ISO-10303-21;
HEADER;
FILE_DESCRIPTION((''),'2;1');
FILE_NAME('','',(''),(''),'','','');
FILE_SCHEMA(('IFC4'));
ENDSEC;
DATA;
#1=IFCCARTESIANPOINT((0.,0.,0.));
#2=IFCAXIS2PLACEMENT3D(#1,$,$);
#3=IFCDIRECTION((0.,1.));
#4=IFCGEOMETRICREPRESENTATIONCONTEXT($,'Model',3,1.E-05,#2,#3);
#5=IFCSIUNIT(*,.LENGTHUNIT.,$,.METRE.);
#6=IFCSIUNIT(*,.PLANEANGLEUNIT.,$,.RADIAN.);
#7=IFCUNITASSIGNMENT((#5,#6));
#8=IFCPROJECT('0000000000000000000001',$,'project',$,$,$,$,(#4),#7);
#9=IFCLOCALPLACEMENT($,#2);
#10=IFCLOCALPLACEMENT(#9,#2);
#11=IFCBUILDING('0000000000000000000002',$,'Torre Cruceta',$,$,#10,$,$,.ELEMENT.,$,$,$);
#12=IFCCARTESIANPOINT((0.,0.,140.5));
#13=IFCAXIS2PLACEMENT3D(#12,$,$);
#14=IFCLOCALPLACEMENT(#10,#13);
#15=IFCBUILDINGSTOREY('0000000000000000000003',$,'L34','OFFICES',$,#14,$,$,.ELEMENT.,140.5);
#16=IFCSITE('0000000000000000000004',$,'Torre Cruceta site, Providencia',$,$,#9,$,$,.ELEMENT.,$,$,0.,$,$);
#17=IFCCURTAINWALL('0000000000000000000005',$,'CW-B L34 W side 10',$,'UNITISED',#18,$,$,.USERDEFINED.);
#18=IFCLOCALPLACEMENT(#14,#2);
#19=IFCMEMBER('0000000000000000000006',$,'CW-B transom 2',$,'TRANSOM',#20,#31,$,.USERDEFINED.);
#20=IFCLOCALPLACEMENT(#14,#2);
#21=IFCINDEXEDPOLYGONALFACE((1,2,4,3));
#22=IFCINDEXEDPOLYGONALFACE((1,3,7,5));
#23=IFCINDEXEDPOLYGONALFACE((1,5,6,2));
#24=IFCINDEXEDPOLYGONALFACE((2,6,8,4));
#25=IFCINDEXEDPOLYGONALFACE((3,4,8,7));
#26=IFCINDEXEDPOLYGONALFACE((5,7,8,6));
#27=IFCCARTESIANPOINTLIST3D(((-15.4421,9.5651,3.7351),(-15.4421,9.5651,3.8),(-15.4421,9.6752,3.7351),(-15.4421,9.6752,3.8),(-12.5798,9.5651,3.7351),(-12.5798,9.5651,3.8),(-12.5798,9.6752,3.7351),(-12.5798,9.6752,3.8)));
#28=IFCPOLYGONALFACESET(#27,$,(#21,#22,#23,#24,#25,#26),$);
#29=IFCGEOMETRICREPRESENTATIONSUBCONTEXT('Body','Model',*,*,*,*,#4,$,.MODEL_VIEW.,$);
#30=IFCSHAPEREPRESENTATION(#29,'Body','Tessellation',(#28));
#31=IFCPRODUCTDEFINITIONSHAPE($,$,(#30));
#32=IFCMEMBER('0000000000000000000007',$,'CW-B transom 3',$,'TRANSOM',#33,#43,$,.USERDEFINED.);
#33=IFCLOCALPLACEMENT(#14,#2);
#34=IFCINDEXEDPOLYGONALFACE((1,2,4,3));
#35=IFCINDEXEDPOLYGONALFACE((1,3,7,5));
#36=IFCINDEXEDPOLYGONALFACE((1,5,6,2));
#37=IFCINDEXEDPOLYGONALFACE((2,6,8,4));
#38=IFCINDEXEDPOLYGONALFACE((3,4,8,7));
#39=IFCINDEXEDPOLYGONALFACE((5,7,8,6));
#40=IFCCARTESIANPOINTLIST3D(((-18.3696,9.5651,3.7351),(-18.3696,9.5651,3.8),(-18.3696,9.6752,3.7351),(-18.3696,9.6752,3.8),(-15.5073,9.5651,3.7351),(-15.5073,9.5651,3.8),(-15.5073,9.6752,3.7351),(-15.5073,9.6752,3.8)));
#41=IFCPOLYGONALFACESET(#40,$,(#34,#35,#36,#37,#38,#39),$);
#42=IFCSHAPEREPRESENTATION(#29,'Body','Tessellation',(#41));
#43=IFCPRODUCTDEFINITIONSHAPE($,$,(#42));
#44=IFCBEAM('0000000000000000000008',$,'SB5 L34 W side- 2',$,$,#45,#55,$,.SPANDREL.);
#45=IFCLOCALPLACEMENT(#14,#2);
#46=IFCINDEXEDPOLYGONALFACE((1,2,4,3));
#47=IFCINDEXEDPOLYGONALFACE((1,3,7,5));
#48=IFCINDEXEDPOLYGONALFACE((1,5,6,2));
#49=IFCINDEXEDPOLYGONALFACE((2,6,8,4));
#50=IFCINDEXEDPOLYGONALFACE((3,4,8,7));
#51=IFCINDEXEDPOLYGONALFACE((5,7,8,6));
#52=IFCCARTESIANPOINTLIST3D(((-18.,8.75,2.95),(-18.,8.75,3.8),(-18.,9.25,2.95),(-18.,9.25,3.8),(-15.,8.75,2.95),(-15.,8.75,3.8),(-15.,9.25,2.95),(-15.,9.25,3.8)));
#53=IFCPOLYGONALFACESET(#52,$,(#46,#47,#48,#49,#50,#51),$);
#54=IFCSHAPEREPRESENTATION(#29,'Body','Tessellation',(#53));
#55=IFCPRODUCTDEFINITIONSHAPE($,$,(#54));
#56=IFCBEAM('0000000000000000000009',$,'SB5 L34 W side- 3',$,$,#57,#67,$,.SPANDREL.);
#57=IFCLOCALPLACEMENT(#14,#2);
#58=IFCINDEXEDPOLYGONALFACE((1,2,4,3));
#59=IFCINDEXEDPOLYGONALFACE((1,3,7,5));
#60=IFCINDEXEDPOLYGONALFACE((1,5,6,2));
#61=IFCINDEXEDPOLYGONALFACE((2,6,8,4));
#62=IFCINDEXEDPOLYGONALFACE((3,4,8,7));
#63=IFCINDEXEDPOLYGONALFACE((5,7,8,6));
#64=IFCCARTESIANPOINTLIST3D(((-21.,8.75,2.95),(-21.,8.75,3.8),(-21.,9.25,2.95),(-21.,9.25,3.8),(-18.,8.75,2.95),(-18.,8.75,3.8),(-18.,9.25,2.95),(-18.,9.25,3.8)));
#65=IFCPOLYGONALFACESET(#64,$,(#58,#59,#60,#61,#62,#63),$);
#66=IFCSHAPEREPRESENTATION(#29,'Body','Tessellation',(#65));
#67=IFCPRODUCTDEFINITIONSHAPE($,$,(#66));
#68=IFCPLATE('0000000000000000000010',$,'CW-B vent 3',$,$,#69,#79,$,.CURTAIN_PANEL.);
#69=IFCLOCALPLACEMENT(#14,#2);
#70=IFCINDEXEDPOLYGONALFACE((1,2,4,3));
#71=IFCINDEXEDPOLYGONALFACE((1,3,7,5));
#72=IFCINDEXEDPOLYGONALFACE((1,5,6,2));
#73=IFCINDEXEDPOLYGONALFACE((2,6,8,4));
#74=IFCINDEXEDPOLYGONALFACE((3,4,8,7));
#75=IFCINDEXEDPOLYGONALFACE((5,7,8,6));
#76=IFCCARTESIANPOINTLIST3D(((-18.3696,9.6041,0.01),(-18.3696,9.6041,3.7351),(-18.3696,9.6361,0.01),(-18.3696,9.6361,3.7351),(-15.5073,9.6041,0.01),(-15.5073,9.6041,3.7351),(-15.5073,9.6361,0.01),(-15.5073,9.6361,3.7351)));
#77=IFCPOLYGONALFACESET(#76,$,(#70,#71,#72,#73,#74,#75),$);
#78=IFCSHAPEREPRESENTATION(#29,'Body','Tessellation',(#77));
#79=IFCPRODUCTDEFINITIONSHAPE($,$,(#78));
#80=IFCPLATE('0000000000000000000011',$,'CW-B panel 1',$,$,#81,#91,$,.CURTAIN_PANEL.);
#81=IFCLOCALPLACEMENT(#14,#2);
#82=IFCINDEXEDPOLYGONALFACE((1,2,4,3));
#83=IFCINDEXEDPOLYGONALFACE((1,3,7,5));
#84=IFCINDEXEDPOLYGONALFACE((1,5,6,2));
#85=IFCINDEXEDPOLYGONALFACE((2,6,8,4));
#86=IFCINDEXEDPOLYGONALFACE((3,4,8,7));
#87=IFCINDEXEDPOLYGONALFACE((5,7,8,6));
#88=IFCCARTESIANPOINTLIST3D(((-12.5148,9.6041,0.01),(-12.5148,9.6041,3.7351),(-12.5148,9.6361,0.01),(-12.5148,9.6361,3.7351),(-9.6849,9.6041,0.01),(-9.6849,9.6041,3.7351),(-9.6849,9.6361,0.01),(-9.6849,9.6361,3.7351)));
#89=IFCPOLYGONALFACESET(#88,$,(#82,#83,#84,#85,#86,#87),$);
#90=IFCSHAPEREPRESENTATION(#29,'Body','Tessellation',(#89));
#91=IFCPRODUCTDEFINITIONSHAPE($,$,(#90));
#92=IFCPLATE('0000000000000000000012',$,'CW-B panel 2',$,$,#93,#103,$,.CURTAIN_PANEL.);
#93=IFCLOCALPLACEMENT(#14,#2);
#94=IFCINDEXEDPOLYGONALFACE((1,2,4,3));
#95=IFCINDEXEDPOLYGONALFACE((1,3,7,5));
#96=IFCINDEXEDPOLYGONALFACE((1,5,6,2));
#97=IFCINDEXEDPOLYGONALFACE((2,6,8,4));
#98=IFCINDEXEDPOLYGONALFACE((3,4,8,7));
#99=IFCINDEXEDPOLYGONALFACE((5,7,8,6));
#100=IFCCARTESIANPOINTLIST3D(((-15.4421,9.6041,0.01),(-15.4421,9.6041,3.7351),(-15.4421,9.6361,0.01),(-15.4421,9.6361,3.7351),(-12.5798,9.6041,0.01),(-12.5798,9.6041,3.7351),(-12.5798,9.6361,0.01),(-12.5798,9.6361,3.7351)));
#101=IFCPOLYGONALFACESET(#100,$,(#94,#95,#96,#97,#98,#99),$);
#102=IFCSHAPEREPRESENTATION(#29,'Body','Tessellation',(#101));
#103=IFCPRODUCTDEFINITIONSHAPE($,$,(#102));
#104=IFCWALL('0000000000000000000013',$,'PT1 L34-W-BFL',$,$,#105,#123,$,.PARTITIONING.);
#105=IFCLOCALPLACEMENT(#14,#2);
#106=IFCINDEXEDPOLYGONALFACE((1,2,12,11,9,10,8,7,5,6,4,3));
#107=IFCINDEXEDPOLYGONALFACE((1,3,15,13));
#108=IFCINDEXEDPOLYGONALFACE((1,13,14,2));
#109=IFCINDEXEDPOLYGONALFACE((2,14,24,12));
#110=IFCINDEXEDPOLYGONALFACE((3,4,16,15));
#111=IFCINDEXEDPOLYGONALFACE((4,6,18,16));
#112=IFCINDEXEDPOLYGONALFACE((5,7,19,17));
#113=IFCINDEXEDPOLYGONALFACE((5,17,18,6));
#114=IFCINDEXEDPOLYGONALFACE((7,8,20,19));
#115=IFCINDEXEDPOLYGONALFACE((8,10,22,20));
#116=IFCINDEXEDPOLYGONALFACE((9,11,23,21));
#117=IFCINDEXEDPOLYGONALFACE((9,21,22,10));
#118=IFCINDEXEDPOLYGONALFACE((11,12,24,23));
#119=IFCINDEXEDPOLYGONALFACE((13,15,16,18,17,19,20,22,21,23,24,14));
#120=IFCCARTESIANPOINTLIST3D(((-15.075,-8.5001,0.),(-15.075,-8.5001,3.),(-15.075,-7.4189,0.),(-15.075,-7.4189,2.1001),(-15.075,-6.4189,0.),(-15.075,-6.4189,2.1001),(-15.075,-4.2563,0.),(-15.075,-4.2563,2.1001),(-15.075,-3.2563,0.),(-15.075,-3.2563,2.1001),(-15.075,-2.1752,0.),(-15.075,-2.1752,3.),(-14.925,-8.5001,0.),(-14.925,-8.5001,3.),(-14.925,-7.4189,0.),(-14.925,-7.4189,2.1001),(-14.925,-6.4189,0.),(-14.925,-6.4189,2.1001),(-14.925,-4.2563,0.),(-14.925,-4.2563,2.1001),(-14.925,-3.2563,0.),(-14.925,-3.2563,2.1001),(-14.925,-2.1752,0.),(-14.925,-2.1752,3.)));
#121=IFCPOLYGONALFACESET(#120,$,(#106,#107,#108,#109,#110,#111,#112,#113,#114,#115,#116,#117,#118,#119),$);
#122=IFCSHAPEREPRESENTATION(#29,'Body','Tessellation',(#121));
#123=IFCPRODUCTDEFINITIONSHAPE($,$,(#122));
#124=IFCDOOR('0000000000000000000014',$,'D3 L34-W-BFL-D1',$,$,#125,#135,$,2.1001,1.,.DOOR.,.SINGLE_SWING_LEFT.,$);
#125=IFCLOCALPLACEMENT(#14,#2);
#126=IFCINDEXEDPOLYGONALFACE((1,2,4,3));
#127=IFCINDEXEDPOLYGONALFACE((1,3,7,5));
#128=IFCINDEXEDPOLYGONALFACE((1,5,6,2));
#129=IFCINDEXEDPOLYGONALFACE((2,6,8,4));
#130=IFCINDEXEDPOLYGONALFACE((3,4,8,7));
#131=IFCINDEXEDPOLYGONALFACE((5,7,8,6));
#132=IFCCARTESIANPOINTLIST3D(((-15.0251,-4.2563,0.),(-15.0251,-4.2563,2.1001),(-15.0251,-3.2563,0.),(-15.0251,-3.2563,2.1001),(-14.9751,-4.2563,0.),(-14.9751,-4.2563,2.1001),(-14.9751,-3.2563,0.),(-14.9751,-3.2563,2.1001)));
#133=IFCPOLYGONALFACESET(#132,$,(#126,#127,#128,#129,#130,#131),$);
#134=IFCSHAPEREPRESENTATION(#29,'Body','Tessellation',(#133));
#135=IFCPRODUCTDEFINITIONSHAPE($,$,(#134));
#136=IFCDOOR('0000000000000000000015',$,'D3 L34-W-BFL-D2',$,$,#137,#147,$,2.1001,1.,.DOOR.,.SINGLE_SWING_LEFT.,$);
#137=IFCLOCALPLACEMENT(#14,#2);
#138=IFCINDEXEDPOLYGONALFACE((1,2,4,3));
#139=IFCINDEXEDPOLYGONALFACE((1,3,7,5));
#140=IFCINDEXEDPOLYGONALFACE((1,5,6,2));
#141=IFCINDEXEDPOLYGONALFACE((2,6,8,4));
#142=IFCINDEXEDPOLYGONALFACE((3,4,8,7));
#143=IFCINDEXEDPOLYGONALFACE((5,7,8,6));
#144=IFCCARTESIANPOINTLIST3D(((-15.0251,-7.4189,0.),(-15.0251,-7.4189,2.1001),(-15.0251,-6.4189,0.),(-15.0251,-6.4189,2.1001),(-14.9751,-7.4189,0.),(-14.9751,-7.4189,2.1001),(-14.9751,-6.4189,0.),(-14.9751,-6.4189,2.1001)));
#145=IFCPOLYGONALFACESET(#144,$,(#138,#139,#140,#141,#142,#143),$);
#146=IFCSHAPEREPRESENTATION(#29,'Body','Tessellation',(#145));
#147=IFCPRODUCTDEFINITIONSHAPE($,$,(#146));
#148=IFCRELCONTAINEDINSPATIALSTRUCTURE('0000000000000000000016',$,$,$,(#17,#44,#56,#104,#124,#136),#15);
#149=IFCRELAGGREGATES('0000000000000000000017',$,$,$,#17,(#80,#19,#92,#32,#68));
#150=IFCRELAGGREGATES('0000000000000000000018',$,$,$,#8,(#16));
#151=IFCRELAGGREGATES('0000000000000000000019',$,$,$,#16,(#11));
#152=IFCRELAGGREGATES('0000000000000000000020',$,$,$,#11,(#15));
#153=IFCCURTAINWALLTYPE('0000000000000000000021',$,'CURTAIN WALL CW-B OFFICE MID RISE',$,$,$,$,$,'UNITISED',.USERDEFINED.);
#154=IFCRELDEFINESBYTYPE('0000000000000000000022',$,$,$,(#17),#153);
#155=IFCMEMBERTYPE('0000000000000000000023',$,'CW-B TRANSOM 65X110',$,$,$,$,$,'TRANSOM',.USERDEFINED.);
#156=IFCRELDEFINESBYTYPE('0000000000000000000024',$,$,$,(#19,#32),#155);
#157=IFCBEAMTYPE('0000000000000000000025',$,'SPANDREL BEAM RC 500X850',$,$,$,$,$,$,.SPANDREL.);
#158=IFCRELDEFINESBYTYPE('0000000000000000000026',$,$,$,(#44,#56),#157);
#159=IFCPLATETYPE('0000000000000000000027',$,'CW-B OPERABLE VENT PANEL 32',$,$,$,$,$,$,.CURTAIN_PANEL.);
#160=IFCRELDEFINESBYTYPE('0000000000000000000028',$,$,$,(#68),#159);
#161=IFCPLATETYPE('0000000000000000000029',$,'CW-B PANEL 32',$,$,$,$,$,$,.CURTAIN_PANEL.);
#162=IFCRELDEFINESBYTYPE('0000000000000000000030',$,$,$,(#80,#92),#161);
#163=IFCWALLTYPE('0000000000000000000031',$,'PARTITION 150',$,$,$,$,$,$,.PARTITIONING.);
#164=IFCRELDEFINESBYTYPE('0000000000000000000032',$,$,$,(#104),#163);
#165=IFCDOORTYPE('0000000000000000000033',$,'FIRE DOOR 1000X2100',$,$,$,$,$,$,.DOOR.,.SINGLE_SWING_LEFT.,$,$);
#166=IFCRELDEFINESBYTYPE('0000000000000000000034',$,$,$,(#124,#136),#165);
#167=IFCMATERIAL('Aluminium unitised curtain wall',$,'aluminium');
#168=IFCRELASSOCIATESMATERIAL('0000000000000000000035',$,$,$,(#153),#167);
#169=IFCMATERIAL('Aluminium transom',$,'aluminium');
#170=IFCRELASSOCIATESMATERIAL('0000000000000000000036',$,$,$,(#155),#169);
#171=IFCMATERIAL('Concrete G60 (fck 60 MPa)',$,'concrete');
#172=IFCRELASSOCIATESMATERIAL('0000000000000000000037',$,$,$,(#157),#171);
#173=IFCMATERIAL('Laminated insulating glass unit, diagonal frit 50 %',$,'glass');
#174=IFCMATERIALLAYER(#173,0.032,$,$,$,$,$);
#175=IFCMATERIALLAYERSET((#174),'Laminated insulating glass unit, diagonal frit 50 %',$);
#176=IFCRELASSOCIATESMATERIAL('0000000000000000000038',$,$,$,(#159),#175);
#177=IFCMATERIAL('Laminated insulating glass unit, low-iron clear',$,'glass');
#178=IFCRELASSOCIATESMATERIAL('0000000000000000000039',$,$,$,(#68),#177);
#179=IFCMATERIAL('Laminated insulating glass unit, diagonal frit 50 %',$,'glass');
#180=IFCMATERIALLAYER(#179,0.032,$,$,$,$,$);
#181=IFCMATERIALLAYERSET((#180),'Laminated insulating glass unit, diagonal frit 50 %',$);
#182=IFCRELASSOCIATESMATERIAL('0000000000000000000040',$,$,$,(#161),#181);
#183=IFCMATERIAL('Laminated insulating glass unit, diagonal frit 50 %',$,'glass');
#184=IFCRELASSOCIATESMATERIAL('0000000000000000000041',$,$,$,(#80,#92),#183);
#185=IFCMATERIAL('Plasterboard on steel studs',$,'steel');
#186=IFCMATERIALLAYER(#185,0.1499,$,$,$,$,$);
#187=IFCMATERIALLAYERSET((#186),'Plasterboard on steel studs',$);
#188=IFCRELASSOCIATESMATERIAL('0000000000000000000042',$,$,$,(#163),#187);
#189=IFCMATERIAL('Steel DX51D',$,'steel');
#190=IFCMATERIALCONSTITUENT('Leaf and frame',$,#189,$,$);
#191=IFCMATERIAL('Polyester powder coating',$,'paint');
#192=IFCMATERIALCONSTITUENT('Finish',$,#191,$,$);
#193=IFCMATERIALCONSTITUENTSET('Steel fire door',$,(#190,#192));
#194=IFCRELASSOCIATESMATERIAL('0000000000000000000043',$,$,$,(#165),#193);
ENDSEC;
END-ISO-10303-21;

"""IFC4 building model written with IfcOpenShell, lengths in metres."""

from ifc_helpers import new_model, si_unit, direction, frame, frame_2d, origin, origin_2d, place, context, subcontext, project, spatial, rectangle, extrude, material, layer, layer_set, constituent, constituent_set, material_profile, profile_set, type_object, element, fill, aggregate, save


model = new_model("IFC4")

# Units and contexts
model_context = context("Model", 3, precision=1e-05, world=origin(), true_north=direction((0.0, 1.0)))
body_context = subcontext(model_context, "Body", "Model", "MODEL_VIEW")
ifc_project = project(units=[si_unit("LENGTHUNIT", "METRE"), si_unit("PLANEANGLEUNIT", "RADIAN")], contexts=[model_context])

# Site, building, storey
site_placement = place(None, origin())
site = spatial("IfcSite", under=ifc_project, at=site_placement, Name="Torre Cruceta site, Providencia", CompositionType="ELEMENT", RefElevation=0.0)
building_placement = place(site_placement, origin())
building = spatial("IfcBuilding", under=site, at=building_placement, Name="Torre Cruceta", CompositionType="ELEMENT")
storey_placement = place(building_placement, frame((0.0, 0.0, 140.5)))
storey = spatial("IfcBuildingStorey", under=building, at=storey_placement, Name="L34", Description="OFFICES", CompositionType="ELEMENT", Elevation=140.5)

# Curtain wall, members
ifc_material_1 = material(Name="Aluminium unitised curtain wall", Category="aluminium")
curtain_wall_type = type_object("IfcCurtainWallType", Name="CURTAIN WALL CW-B OFFICE MID RISE", ElementType="UNITISED", PredefinedType="USERDEFINED", material=ifc_material_1)
curtain_wall_placement = place(storey_placement, origin())
curtain_wall = element("IfcCurtainWall", 1, at=curtain_wall_placement, inside=storey, type_object=curtain_wall_type, Name="CW-B L34 W side 10", ObjectType="UNITISED", PredefinedType="USERDEFINED")
ifc_material_2 = material(Name="Aluminium transom", Category="aluminium")
ifc_material_profile_1 = material_profile(ifc_material_2, rectangle(XDim=0.1101, YDim=0.0649, at=origin_2d()), Name="AL 110X65")
ifc_profile_set_1 = profile_set([ifc_material_profile_1], Name="Aluminium transom")
member_type_1 = type_object("IfcMemberType", Name="CW-B TRANSOM 65X110", ElementType="TRANSOM", PredefinedType="USERDEFINED", material=ifc_profile_set_1)
member_1_placement = place(storey_placement, frame((-12.5798, 9.6201, 3.7676), z_axis=(-1.0, 0.0, 0.0), x_axis=(0.0, -1.0, 0.0)))
member_1 = element("IfcMember", 2, at=member_1_placement, type_object=member_type_1, Name="CW-B transom 2", ObjectType="TRANSOM", PredefinedType="USERDEFINED", context=body_context, shape_type="SweptSolid", body=[
    extrude(rectangle(XDim=0.1101, YDim=0.0649, at=origin_2d()), origin(), (0.0, 0.0, 1.0), 2.8623),
])
member_2_placement = place(storey_placement, frame((-15.5073, 9.6201, 3.7676), z_axis=(-1.0, 0.0, 0.0), x_axis=(0.0, -1.0, 0.0)))
member_2 = element("IfcMember", 3, at=member_2_placement, type_object=member_type_1, Name="CW-B transom 3", ObjectType="TRANSOM", PredefinedType="USERDEFINED", context=body_context, shape_type="SweptSolid", body=[
    extrude(rectangle(XDim=0.1101, YDim=0.0649, at=origin_2d()), origin(), (0.0, 0.0, 1.0), 2.8623),
])

# Beams
ifc_material_3 = material(Name="Concrete G60 (fck 60 MPa)", Category="concrete")
ifc_material_profile_2 = material_profile(ifc_material_3, rectangle(XDim=0.5, YDim=0.8501, at=origin_2d()), Name="RC 500X850")
ifc_profile_set_2 = profile_set([ifc_material_profile_2], Name="Concrete G60 (fck 60 MPa)")
beam_type_1 = type_object("IfcBeamType", Name="SPANDREL BEAM RC 500X850", PredefinedType="SPANDREL", material=ifc_profile_set_2)
for number, where, z_axis, x_axis, name in (
    (4, (-15.0, 9.0, 3.375), (-1.0, 0.0, 0.0), (0.0, -1.0, 0.0), "SB5 L34 W side- 2"),
    (5, (-18.0, 9.0, 3.375), (-1.0, 0.0, 0.0), (0.0, -1.0, 0.0), "SB5 L34 W side- 3"),
):
    element("IfcBeam", number, at=place(storey_placement, frame(where, z_axis=z_axis, x_axis=x_axis)), inside=storey, type_object=beam_type_1, Name=name, PredefinedType="SPANDREL", context=body_context, shape_type="SweptSolid", body=[
        extrude(rectangle(XDim=0.5, YDim=0.8501, at=origin_2d()), origin(), (0.0, 0.0, 1.0), 3.0),
    ])

# Plates
ifc_material_4 = material(Name="Laminated insulating glass unit, low-iron clear", Category="glass")
ifc_material_5 = material(Name="Laminated insulating glass unit, diagonal frit 50 %", Category="glass")
ifc_layer_1 = layer(ifc_material_5, 0.032)
ifc_layer_set_1 = layer_set([ifc_layer_1], Name="Laminated insulating glass unit, diagonal frit 50 %")
plate_type_1 = type_object("IfcPlateType", Name="CW-B OPERABLE VENT PANEL 32", PredefinedType="CURTAIN_PANEL", material=ifc_layer_set_1)
plate_1_placement = place(storey_placement, frame((-16.9385, 9.6201, 0.01), z_axis=(0.0, 0.0, 1.0), x_axis=(-1.0, 0.0, 0.0)))
plate_1 = element("IfcPlate", 6, at=plate_1_placement, type_object=plate_type_1, material=ifc_material_4, Name="CW-B vent 3", PredefinedType="CURTAIN_PANEL", context=body_context, shape_type="SweptSolid", body=[
    extrude(rectangle(XDim=2.8623, YDim=0.032, at=origin_2d()), origin(), (0.0, 0.0, 1.0), 3.7251),
])
ifc_material_6 = material(Name="Laminated insulating glass unit, diagonal frit 50 %", Category="glass")
ifc_material_7 = material(Name="Laminated insulating glass unit, diagonal frit 50 %", Category="glass")
ifc_layer_2 = layer(ifc_material_7, 0.032)
ifc_layer_set_2 = layer_set([ifc_layer_2], Name="Laminated insulating glass unit, diagonal frit 50 %")
plate_type_2 = type_object("IfcPlateType", Name="CW-B PANEL 32", PredefinedType="CURTAIN_PANEL", material=ifc_layer_set_2)
plate_2_placement = place(storey_placement, frame((-11.0999, 9.6201, 0.01), z_axis=(0.0, 0.0, 1.0), x_axis=(-1.0, 0.0, 0.0)))
plate_2 = element("IfcPlate", 7, at=plate_2_placement, type_object=plate_type_2, material=ifc_material_6, Name="CW-B panel 1", PredefinedType="CURTAIN_PANEL", context=body_context, shape_type="SweptSolid", body=[
    extrude(rectangle(XDim=2.8298, YDim=0.032, at=origin_2d()), origin(), (0.0, 0.0, 1.0), 3.7251),
])
plate_3_placement = place(storey_placement, frame((-14.011, 9.6201, 0.01), z_axis=(0.0, 0.0, 1.0), x_axis=(-1.0, 0.0, 0.0)))
plate_3 = element("IfcPlate", 8, at=plate_3_placement, type_object=plate_type_2, material=ifc_material_6, Name="CW-B panel 2", PredefinedType="CURTAIN_PANEL", context=body_context, shape_type="SweptSolid", body=[
    extrude(rectangle(XDim=2.8623, YDim=0.032, at=origin_2d()), origin(), (0.0, 0.0, 1.0), 3.7251),
])
aggregate(curtain_wall, [plate_2, member_1, plate_3, member_2, plate_1])

# Wall, openings, doors
ifc_material_8 = material(Name="Plasterboard on steel studs", Category="steel")
ifc_layer_3 = layer(ifc_material_8, 0.1499)
ifc_layer_set_3 = layer_set([ifc_layer_3], Name="Plasterboard on steel studs")
wall_type = type_object("IfcWallType", Name="PARTITION 150", PredefinedType="PARTITIONING", material=ifc_layer_set_3)
wall_1_placement = place(storey_placement, frame((-15.0, -2.175, 0.0), z_axis=(0.0, 0.0, 1.0), x_axis=(0.0, -1.0, 0.0)))
wall_1 = element("IfcWall", 9, at=wall_1_placement, inside=storey, type_object=wall_type, Name="PT1 L34-W-BFL", PredefinedType="PARTITIONING", context=body_context, shape_type="SweptSolid", body=[
    extrude(rectangle(XDim=6.325, YDim=0.1499, at=frame_2d((3.1626, 0.0))), origin(), (0.0, 0.0, 1.0), 3.0),
])
opening_1_placement = place(wall_1_placement, frame((1.0813, 0.0, 0.0)))
opening_1 = element("IfcOpeningElement", 10, at=opening_1_placement, cuts=wall_1, PredefinedType="OPENING", context=body_context, shape_type="SweptSolid", body=[
    extrude(rectangle(XDim=1.0, YDim=2.1001, at=frame_2d((0.5, 1.05))), frame((0.0, 0.085, 0.0), z_axis=(0.0, -1.0, 0.0), x_axis=(1.0, 0.0, 0.0)), (0.0, 0.0, 1.0), 0.1699),
])
opening_2_placement = place(wall_1_placement, frame((4.2439, 0.0, 0.0)))
opening_2 = element("IfcOpeningElement", 11, at=opening_2_placement, cuts=wall_1, PredefinedType="OPENING", context=body_context, shape_type="SweptSolid", body=[
    extrude(rectangle(XDim=1.0, YDim=2.1001, at=frame_2d((0.5, 1.05))), frame((0.0, 0.085, 0.0), z_axis=(0.0, -1.0, 0.0), x_axis=(1.0, 0.0, 0.0)), (0.0, 0.0, 1.0), 0.1699),
])
ifc_material_9 = material(Name="Steel DX51D", Category="steel")
ifc_constituent_1 = constituent(ifc_material_9, Name="Leaf and frame")
ifc_material_10 = material(Name="Polyester powder coating", Category="paint")
ifc_constituent_2 = constituent(ifc_material_10, Name="Finish")
ifc_constituent_set = constituent_set(constituents=[ifc_constituent_1, ifc_constituent_2], Name="Steel fire door")
door_type = type_object("IfcDoorType", Name="FIRE DOOR 1000X2100", OperationType="SINGLE_SWING_LEFT", PredefinedType="DOOR", material=ifc_constituent_set)
door_1_placement = place(opening_1_placement, origin())
door_1 = element("IfcDoor", 12, at=door_1_placement, inside=storey, type_object=door_type, Name="D3 L34-W-BFL-D1", OperationType="SINGLE_SWING_LEFT", OverallHeight=2.1001, OverallWidth=1.0, PredefinedType="DOOR", context=body_context, shape_type="SweptSolid", body=[
    extrude(rectangle(XDim=1.0, YDim=2.1001, at=frame_2d((0.5, 1.05))), frame((0.0, 0.0249, 0.0), z_axis=(0.0, -1.0, 0.0), x_axis=(1.0, 0.0, 0.0)), (0.0, 0.0, 1.0), 0.05),
])
fill(opening_1, door_1)
door_2_placement = place(opening_2_placement, origin())
door_2 = element("IfcDoor", 13, at=door_2_placement, inside=storey, type_object=door_type, Name="D3 L34-W-BFL-D2", OperationType="SINGLE_SWING_LEFT", OverallHeight=2.1001, OverallWidth=1.0, PredefinedType="DOOR", context=body_context, shape_type="SweptSolid", body=[
    extrude(rectangle(XDim=1.0, YDim=2.1001, at=frame_2d((0.5, 1.05))), frame((0.0, 0.0249, 0.0), z_axis=(0.0, -1.0, 0.0), x_axis=(1.0, 0.0, 0.0)), (0.0, 0.0, 1.0), 0.05),
])
fill(opening_2, door_2)

save(model, "model.ifc")
